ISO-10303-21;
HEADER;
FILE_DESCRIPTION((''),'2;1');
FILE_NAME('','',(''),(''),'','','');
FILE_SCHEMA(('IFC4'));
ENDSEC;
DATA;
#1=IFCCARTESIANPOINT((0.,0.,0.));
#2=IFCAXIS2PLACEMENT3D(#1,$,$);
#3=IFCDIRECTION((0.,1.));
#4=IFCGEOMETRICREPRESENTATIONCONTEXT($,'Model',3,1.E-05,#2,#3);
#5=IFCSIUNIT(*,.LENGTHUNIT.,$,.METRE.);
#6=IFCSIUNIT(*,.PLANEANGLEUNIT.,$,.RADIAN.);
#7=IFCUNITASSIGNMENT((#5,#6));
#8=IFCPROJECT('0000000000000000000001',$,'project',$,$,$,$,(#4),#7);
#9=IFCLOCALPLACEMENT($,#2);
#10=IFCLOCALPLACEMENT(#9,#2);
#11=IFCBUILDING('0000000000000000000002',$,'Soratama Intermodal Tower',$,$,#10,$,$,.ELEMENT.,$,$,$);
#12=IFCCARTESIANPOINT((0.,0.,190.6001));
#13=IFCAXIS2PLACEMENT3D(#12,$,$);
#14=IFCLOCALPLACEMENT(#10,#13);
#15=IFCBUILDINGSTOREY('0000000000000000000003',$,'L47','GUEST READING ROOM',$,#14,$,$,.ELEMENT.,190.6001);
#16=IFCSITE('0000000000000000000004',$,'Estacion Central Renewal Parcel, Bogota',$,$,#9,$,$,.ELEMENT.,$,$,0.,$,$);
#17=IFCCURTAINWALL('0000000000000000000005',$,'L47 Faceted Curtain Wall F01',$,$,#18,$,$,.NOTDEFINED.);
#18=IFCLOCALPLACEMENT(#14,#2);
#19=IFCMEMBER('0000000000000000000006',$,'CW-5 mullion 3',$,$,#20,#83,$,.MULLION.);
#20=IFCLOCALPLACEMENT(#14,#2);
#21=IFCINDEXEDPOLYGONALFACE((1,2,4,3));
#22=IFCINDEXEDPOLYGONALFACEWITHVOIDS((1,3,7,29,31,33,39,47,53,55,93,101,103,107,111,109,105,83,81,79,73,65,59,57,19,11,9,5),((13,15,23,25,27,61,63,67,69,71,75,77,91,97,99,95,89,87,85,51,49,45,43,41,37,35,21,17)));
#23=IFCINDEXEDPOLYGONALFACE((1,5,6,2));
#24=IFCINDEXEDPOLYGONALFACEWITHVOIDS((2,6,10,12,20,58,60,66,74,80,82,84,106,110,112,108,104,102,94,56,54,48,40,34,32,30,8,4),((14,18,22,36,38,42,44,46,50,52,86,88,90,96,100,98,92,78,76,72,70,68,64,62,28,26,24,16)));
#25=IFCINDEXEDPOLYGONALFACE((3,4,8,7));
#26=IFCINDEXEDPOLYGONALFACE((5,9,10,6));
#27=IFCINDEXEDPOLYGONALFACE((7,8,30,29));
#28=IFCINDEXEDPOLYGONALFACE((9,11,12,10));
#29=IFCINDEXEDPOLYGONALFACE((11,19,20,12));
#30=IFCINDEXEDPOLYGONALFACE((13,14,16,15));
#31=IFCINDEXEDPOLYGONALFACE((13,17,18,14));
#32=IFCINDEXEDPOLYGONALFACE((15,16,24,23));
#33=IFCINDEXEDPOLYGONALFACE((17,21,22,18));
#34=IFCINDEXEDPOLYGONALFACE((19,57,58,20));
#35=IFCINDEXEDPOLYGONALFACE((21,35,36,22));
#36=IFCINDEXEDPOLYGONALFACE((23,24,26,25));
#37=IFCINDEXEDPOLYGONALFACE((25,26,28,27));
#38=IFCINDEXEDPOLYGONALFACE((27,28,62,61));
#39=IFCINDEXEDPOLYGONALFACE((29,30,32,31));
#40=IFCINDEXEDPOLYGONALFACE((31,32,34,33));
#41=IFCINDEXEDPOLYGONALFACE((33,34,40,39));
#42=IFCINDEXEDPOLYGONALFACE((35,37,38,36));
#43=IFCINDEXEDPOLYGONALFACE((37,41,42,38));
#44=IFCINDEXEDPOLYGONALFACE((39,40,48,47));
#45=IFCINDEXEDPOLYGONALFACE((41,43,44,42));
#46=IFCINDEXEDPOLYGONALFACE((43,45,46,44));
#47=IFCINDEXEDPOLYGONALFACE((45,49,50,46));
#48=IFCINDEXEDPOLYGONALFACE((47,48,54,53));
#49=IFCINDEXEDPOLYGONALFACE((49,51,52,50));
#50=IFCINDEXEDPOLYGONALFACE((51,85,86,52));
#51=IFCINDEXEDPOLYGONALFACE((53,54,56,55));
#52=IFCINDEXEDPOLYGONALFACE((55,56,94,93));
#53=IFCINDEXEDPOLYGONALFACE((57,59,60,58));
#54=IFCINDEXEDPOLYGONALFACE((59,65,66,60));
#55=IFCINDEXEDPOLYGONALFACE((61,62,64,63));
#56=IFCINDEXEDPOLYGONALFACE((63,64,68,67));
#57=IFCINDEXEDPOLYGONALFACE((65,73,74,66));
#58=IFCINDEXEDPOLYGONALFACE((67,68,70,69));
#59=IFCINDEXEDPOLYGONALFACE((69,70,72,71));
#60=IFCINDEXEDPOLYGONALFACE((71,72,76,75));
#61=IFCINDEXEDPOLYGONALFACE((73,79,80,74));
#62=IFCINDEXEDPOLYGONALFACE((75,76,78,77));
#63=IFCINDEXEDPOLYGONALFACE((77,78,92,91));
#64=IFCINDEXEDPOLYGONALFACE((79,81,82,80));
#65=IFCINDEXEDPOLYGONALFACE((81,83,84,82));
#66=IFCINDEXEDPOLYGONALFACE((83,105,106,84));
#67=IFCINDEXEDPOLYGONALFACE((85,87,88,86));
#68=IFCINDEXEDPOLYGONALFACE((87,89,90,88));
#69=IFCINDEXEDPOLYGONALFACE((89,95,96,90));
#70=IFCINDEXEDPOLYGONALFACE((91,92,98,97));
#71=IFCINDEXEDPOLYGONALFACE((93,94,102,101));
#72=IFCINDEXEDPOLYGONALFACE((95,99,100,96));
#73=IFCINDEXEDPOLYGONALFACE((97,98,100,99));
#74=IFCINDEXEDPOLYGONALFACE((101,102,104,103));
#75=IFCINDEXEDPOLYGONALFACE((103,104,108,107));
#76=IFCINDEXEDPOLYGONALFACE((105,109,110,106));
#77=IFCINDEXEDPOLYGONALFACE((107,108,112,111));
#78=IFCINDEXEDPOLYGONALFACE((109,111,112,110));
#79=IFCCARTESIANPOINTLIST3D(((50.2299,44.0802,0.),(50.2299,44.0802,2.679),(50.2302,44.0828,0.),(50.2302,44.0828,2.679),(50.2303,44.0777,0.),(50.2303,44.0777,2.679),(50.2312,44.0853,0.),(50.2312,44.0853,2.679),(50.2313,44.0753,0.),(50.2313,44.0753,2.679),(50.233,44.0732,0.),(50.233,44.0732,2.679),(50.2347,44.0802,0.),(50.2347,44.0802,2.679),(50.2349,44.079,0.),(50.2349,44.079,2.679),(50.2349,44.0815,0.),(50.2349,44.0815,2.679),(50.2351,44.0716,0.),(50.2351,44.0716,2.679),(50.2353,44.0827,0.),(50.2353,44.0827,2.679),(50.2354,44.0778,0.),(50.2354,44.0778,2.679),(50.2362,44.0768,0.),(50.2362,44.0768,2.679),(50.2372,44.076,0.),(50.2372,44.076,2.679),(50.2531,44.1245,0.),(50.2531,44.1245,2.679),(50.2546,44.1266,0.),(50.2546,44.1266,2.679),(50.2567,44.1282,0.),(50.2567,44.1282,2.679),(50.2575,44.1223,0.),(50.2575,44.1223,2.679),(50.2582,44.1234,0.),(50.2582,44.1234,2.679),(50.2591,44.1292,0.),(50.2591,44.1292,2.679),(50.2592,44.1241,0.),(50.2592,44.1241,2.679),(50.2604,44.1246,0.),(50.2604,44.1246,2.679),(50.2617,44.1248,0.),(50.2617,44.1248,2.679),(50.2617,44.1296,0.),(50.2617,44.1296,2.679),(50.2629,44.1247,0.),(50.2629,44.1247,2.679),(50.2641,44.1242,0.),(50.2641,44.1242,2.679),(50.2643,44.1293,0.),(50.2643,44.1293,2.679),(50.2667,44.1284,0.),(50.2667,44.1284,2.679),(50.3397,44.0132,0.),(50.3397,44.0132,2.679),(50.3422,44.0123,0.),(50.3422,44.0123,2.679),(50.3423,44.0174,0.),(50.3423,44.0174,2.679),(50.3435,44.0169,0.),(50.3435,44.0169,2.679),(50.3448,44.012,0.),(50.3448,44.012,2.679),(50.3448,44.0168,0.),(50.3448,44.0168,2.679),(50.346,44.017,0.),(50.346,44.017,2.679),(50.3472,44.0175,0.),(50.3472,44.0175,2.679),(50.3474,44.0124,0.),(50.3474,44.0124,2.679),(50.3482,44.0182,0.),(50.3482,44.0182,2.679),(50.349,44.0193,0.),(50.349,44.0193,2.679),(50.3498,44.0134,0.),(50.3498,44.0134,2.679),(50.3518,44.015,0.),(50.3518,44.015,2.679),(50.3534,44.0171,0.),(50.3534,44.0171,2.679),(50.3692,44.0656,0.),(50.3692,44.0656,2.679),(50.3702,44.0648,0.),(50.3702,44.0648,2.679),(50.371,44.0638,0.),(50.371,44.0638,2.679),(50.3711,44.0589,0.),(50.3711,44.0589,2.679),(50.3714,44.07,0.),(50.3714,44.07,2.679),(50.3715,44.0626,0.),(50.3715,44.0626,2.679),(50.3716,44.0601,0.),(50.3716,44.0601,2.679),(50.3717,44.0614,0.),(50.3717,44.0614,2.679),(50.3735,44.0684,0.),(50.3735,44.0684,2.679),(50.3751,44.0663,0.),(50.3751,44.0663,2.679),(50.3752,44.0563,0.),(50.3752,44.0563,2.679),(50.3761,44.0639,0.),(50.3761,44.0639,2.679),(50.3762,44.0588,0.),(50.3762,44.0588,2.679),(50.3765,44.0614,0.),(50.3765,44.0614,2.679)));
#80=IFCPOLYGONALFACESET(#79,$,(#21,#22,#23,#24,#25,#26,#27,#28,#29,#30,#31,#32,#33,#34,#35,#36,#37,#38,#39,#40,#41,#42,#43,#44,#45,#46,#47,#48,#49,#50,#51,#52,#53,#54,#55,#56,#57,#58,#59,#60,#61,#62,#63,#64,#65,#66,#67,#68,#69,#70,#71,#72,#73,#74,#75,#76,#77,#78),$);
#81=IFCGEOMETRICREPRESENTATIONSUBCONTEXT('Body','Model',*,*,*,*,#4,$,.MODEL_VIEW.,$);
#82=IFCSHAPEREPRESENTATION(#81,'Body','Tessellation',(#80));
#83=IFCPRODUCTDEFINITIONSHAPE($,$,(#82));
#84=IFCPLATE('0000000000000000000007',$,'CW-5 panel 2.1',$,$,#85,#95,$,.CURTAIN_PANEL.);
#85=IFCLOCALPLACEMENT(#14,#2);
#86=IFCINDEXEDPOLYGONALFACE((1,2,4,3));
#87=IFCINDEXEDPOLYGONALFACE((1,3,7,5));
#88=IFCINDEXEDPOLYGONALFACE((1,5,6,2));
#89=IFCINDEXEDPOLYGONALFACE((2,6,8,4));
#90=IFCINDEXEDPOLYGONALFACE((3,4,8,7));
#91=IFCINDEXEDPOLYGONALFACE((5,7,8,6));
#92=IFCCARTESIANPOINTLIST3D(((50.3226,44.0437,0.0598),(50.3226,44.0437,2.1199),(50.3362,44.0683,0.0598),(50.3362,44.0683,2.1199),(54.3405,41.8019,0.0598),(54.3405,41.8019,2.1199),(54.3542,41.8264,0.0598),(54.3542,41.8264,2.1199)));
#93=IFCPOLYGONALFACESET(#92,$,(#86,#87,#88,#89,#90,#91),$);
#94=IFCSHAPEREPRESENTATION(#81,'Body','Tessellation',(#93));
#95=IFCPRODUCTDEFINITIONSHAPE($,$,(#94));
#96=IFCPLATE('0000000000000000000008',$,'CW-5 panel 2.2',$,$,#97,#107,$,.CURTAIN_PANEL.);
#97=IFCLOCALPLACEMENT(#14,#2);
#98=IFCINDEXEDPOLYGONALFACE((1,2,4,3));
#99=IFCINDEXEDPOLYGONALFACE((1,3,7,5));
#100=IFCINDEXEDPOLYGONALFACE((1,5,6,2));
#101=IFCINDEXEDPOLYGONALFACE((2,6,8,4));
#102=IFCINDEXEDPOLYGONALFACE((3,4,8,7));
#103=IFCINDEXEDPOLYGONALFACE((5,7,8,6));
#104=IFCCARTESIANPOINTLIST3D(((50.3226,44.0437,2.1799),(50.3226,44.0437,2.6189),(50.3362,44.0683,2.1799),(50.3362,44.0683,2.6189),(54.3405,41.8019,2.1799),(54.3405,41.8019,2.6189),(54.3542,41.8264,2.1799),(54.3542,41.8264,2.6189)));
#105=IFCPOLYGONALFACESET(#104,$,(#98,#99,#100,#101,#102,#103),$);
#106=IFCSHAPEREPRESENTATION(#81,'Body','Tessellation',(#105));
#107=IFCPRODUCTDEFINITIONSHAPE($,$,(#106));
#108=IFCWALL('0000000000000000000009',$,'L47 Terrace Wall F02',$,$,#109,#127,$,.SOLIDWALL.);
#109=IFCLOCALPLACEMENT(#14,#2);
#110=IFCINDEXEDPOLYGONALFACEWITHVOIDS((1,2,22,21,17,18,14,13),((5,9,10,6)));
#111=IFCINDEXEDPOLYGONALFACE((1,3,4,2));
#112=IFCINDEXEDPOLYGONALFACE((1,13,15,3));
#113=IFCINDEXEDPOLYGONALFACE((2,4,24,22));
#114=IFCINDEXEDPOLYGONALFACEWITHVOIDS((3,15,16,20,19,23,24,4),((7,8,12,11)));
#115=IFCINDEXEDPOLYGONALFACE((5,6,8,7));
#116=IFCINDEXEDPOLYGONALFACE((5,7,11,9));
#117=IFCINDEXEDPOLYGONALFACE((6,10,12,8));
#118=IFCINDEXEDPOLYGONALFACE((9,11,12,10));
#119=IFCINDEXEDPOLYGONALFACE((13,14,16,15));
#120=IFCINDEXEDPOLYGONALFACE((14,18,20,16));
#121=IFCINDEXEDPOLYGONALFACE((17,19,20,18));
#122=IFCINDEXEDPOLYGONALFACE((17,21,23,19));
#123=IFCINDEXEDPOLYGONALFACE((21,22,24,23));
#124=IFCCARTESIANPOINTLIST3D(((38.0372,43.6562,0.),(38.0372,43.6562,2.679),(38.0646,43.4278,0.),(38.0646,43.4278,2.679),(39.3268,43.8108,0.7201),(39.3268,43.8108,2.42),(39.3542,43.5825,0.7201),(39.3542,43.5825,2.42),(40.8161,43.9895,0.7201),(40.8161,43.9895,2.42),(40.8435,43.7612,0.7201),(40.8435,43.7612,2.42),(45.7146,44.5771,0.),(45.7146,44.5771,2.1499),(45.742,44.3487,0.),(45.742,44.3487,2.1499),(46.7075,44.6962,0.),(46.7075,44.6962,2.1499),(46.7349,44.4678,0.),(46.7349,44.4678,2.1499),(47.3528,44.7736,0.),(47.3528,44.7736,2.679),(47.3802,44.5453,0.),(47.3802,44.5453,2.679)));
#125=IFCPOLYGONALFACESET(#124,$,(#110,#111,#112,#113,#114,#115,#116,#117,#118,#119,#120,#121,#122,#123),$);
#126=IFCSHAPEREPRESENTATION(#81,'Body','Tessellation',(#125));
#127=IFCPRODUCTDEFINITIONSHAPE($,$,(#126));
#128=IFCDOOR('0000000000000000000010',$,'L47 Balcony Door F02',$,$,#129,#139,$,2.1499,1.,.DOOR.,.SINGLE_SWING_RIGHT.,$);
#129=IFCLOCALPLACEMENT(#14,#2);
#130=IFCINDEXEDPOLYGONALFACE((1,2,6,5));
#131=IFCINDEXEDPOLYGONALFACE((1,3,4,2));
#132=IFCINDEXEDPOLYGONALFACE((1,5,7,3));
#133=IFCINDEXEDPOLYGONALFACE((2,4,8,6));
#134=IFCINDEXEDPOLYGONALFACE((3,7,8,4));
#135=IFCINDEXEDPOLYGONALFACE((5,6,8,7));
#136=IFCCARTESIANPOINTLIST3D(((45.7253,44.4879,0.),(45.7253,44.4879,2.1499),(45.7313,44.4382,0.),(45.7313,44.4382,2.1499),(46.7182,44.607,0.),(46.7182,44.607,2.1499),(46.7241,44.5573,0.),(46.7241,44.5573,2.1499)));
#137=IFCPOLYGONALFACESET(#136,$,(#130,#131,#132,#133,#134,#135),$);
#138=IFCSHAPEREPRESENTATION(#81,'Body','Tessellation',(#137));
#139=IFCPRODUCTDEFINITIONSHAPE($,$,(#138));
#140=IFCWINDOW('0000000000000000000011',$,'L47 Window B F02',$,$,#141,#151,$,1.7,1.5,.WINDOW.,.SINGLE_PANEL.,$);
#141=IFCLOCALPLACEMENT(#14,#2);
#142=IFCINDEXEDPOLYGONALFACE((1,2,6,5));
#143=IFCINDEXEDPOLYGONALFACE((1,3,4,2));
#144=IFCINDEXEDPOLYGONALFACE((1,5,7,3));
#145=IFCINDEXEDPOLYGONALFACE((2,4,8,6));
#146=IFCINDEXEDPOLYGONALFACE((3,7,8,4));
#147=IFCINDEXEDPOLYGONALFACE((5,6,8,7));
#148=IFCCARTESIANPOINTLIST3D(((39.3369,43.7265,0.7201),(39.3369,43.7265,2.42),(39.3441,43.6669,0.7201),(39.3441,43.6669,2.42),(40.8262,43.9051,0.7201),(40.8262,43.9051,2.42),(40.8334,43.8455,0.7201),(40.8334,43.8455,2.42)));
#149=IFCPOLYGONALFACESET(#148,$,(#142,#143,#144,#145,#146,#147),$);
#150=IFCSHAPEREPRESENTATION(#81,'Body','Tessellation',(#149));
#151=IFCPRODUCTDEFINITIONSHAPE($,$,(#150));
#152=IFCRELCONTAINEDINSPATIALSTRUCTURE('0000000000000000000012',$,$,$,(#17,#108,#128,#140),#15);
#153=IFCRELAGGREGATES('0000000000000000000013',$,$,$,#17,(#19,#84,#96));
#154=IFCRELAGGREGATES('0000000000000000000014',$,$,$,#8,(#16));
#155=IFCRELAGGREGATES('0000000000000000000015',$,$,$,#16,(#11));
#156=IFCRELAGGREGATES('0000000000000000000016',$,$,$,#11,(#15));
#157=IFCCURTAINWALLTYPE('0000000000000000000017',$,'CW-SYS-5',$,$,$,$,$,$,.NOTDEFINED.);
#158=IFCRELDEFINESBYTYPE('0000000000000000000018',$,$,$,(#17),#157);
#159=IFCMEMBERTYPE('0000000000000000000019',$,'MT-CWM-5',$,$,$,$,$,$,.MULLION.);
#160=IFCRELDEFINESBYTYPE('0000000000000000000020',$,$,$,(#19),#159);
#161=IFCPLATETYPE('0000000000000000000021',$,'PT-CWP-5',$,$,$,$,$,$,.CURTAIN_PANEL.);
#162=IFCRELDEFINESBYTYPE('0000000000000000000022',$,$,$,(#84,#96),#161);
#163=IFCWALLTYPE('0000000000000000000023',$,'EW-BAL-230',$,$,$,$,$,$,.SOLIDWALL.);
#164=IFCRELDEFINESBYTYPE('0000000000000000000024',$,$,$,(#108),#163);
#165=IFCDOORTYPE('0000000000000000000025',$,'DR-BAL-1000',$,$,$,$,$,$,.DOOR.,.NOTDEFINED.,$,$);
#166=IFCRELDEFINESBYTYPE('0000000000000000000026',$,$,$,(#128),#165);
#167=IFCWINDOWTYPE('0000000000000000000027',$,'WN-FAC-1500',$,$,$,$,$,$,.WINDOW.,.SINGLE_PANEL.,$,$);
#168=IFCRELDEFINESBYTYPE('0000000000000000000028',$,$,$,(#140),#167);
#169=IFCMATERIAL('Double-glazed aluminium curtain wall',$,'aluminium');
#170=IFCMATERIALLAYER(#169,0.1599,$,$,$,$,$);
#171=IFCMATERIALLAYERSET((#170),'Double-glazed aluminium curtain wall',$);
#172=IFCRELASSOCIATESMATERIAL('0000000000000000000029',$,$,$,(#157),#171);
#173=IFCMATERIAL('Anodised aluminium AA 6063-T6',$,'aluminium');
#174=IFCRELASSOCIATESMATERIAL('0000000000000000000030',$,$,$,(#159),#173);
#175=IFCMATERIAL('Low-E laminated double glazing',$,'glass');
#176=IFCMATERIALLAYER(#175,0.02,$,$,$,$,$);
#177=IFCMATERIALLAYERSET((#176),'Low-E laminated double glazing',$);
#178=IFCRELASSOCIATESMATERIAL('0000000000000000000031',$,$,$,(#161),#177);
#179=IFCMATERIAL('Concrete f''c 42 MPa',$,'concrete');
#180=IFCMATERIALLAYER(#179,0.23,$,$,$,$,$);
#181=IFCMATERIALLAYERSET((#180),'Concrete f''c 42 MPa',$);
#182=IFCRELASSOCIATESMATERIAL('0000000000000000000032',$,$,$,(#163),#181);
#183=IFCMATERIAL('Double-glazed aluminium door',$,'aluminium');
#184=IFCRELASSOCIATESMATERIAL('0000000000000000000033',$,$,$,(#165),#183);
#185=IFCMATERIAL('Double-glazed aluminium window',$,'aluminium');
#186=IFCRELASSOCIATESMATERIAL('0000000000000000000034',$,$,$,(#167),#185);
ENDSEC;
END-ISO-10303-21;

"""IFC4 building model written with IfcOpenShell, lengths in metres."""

from ifc_helpers import new_model, si_unit, direction, frame, frame_2d, origin, origin_2d, place, context, subcontext, project, spatial, rectangle, hollow_rectangle, extrude, material, layer, layer_set, material_profile, profile_set, type_object, element, fill, aggregate, save


model = new_model("IFC4")

# Units and contexts
model_context = context("Model", 3, precision=1e-05, world=origin(), true_north=direction((0.0, 1.0)))
body_context = subcontext(model_context, "Body", "Model", "MODEL_VIEW")
ifc_project = project(units=[si_unit("LENGTHUNIT", "METRE"), si_unit("PLANEANGLEUNIT", "RADIAN")], contexts=[model_context])

# Site, building, storey
site_placement = place(None, origin())
site = spatial("IfcSite", under=ifc_project, at=site_placement, Name="Estacion Central Renewal Parcel, Bogota", CompositionType="ELEMENT", RefElevation=0.0)
building_placement = place(site_placement, origin())
building = spatial("IfcBuilding", under=site, at=building_placement, Name="Soratama Intermodal Tower", CompositionType="ELEMENT")
storey_placement = place(building_placement, frame((0.0, 0.0, 190.6001)))
storey = spatial("IfcBuildingStorey", under=building, at=storey_placement, Name="L47", Description="GUEST READING ROOM", CompositionType="ELEMENT", Elevation=190.6001)

# Curtain wall, member, plates
ifc_material_1 = material(Name="Double-glazed aluminium curtain wall", Category="aluminium")
ifc_layer_1 = layer(ifc_material_1, 0.1599)
ifc_layer_set_1 = layer_set([ifc_layer_1], Name="Double-glazed aluminium curtain wall")
curtain_wall_type = type_object("IfcCurtainWallType", Name="CW-SYS-5", PredefinedType="NOTDEFINED", material=ifc_layer_set_1)
curtain_wall_placement = place(storey_placement, origin())
curtain_wall = element("IfcCurtainWall", 1, at=curtain_wall_placement, inside=storey, type_object=curtain_wall_type, Name="L47 Faceted Curtain Wall F01", PredefinedType="NOTDEFINED")
ifc_material_2 = material(Name="Anodised aluminium AA 6063-T6", Category="aluminium")
ifc_material_profile_1 = material_profile(ifc_material_2, hollow_rectangle(XDim=0.0649, YDim=0.1399, WallThickness=0.0049, InnerFilletRadius=0.0049, OuterFilletRadius=0.01, at=origin_2d()), Name="CWM140X65X5")
ifc_profile_set_1 = profile_set([ifc_material_profile_1], Name="Anodised aluminium AA 6063-T6")
member_type = type_object("IfcMemberType", Name="MT-CWM-5", PredefinedType="MULLION", material=ifc_profile_set_1)
member_placement = place(storey_placement, frame((50.3032, 44.0708, 0.0), z_axis=(0.0, 0.0, 1.0), x_axis=(-0.487253, -0.873261, 0.0)))
member = element("IfcMember", 2, at=member_placement, type_object=member_type, Name="CW-5 mullion 3", PredefinedType="MULLION", context=body_context, shape_type="SweptSolid", body=[
    extrude(hollow_rectangle(XDim=0.0649, YDim=0.1399, WallThickness=0.0049, InnerFilletRadius=0.0049, OuterFilletRadius=0.01, at=origin_2d()), origin(), (0.0, 0.0, 1.0), 2.679),
])
ifc_material_3 = material(Name="Low-E laminated double glazing", Category="glass")
ifc_layer_2 = layer(ifc_material_3, 0.02)
ifc_layer_set_2 = layer_set([ifc_layer_2], Name="Low-E laminated double glazing")
plate_type = type_object("IfcPlateType", Name="PT-CWP-5", PredefinedType="CURTAIN_PANEL", material=ifc_layer_set_2)
plate_1_placement = place(storey_placement, frame((52.3384, 42.9351, 0.0598), z_axis=(0.0, 0.0, 1.0), x_axis=(-0.873261, 0.487253, 0.0)))
plate_1 = element("IfcPlate", 3, at=plate_1_placement, type_object=plate_type, Name="CW-5 panel 2.1", PredefinedType="CURTAIN_PANEL", context=body_context, shape_type="SweptSolid", body=[
    extrude(rectangle(XDim=4.6011, YDim=0.0281, at=origin_2d()), origin(), (0.0, 0.0, 1.0), 2.0601),
])
plate_2_placement = place(storey_placement, frame((52.3384, 42.9351, 2.1799), z_axis=(0.0, 0.0, 1.0), x_axis=(-0.873261, 0.487253, 0.0)))
plate_2 = element("IfcPlate", 4, at=plate_2_placement, type_object=plate_type, Name="CW-5 panel 2.2", PredefinedType="CURTAIN_PANEL", context=body_context, shape_type="SweptSolid", body=[
    extrude(rectangle(XDim=4.6011, YDim=0.0281, at=origin_2d()), origin(), (0.0, 0.0, 1.0), 0.439),
])
aggregate(curtain_wall, [member, plate_1, plate_2])

# Wall, openings, door, window
ifc_material_4 = material(Name="Concrete f'c 42 MPa", Category="concrete")
ifc_layer_3 = layer(ifc_material_4, 0.23)
ifc_layer_set_3 = layer_set([ifc_layer_3], Name="Concrete f'c 42 MPa")
wall_type_1 = type_object("IfcWallType", Name="EW-BAL-230", PredefinedType="SOLIDWALL", material=ifc_layer_set_3)
wall_1_placement = place(storey_placement, frame((47.3665, 44.6594, 0.0), z_axis=(0.0, 0.0, 1.0), x_axis=(-0.992882, -0.119101, 0.0)))
wall_1 = element("IfcWall", 5, at=wall_1_placement, inside=storey, type_object=wall_type_1, Name="L47 Terrace Wall F02", PredefinedType="SOLIDWALL", context=body_context, shape_type="SweptSolid", body=[
    extrude(rectangle(XDim=9.3823, YDim=0.23, at=frame_2d((4.6912, 0.0))), origin(), (0.0, 0.0, 1.0), 2.679),
])
opening_1_placement = place(wall_1_placement, frame((0.6499, 0.0, 0.0)))
opening_1 = element("IfcOpeningElement", 6, at=opening_1_placement, cuts=wall_1, PredefinedType="OPENING", context=body_context, shape_type="SweptSolid", body=[
    extrude(rectangle(XDim=1.0, YDim=2.1499, at=frame_2d((0.5, 1.075))), frame((0.0, 0.125, 0.0), z_axis=(0.0, -1.0, 0.0), x_axis=(1.0, 0.0, 0.0)), (0.0, 0.0, 1.0), 0.25),
])
opening_2_placement = place(wall_1_placement, frame((6.5835, 0.0, 0.72)))
opening_2 = element("IfcOpeningElement", 7, at=opening_2_placement, cuts=wall_1, PredefinedType="OPENING", context=body_context, shape_type="SweptSolid", body=[
    extrude(rectangle(XDim=1.5, YDim=1.7, at=frame_2d((0.75, 0.8501))), frame((0.0, 0.125, 0.0), z_axis=(0.0, -1.0, 0.0), x_axis=(1.0, 0.0, 0.0)), (0.0, 0.0, 1.0), 0.25),
])
ifc_material_5 = material(Name="Double-glazed aluminium door", Category="aluminium")
door_type_1 = type_object("IfcDoorType", Name="DR-BAL-1000", OperationType="NOTDEFINED", PredefinedType="DOOR", material=ifc_material_5)
door_1_placement = place(opening_1_placement, origin())
door_1 = element("IfcDoor", 8, at=door_1_placement, inside=storey, type_object=door_type_1, Name="L47 Balcony Door F02", OperationType="SINGLE_SWING_RIGHT", OverallHeight=2.1499, OverallWidth=1.0, PredefinedType="DOOR", context=body_context, shape_type="SweptSolid", body=[
    extrude(rectangle(XDim=1.0, YDim=2.1499, at=frame_2d((0.5, 1.075))), frame((0.0, 0.0249, 0.0), z_axis=(0.0, -1.0, 0.0), x_axis=(1.0, 0.0, 0.0)), (0.0, 0.0, 1.0), 0.05),
])
fill(opening_1, door_1)
ifc_material_6 = material(Name="Double-glazed aluminium window", Category="aluminium")
window_type_1 = type_object("IfcWindowType", Name="WN-FAC-1500", PartitioningType="SINGLE_PANEL", PredefinedType="WINDOW", material=ifc_material_6)
window_1_placement = place(opening_2_placement, origin())
window_1 = element("IfcWindow", 9, at=window_1_placement, inside=storey, type_object=window_type_1, Name="L47 Window B F02", OverallHeight=1.7, OverallWidth=1.5, PartitioningType="SINGLE_PANEL", PredefinedType="WINDOW", context=body_context, shape_type="SweptSolid", body=[
    extrude(rectangle(XDim=1.5, YDim=1.7, at=frame_2d((0.75, 0.8501))), frame((0.0, 0.03, 0.0), z_axis=(0.0, -1.0, 0.0), x_axis=(1.0, 0.0, 0.0)), (0.0, 0.0, 1.0), 0.0601),
])
fill(opening_2, window_1)

save(model, "model.ifc")
